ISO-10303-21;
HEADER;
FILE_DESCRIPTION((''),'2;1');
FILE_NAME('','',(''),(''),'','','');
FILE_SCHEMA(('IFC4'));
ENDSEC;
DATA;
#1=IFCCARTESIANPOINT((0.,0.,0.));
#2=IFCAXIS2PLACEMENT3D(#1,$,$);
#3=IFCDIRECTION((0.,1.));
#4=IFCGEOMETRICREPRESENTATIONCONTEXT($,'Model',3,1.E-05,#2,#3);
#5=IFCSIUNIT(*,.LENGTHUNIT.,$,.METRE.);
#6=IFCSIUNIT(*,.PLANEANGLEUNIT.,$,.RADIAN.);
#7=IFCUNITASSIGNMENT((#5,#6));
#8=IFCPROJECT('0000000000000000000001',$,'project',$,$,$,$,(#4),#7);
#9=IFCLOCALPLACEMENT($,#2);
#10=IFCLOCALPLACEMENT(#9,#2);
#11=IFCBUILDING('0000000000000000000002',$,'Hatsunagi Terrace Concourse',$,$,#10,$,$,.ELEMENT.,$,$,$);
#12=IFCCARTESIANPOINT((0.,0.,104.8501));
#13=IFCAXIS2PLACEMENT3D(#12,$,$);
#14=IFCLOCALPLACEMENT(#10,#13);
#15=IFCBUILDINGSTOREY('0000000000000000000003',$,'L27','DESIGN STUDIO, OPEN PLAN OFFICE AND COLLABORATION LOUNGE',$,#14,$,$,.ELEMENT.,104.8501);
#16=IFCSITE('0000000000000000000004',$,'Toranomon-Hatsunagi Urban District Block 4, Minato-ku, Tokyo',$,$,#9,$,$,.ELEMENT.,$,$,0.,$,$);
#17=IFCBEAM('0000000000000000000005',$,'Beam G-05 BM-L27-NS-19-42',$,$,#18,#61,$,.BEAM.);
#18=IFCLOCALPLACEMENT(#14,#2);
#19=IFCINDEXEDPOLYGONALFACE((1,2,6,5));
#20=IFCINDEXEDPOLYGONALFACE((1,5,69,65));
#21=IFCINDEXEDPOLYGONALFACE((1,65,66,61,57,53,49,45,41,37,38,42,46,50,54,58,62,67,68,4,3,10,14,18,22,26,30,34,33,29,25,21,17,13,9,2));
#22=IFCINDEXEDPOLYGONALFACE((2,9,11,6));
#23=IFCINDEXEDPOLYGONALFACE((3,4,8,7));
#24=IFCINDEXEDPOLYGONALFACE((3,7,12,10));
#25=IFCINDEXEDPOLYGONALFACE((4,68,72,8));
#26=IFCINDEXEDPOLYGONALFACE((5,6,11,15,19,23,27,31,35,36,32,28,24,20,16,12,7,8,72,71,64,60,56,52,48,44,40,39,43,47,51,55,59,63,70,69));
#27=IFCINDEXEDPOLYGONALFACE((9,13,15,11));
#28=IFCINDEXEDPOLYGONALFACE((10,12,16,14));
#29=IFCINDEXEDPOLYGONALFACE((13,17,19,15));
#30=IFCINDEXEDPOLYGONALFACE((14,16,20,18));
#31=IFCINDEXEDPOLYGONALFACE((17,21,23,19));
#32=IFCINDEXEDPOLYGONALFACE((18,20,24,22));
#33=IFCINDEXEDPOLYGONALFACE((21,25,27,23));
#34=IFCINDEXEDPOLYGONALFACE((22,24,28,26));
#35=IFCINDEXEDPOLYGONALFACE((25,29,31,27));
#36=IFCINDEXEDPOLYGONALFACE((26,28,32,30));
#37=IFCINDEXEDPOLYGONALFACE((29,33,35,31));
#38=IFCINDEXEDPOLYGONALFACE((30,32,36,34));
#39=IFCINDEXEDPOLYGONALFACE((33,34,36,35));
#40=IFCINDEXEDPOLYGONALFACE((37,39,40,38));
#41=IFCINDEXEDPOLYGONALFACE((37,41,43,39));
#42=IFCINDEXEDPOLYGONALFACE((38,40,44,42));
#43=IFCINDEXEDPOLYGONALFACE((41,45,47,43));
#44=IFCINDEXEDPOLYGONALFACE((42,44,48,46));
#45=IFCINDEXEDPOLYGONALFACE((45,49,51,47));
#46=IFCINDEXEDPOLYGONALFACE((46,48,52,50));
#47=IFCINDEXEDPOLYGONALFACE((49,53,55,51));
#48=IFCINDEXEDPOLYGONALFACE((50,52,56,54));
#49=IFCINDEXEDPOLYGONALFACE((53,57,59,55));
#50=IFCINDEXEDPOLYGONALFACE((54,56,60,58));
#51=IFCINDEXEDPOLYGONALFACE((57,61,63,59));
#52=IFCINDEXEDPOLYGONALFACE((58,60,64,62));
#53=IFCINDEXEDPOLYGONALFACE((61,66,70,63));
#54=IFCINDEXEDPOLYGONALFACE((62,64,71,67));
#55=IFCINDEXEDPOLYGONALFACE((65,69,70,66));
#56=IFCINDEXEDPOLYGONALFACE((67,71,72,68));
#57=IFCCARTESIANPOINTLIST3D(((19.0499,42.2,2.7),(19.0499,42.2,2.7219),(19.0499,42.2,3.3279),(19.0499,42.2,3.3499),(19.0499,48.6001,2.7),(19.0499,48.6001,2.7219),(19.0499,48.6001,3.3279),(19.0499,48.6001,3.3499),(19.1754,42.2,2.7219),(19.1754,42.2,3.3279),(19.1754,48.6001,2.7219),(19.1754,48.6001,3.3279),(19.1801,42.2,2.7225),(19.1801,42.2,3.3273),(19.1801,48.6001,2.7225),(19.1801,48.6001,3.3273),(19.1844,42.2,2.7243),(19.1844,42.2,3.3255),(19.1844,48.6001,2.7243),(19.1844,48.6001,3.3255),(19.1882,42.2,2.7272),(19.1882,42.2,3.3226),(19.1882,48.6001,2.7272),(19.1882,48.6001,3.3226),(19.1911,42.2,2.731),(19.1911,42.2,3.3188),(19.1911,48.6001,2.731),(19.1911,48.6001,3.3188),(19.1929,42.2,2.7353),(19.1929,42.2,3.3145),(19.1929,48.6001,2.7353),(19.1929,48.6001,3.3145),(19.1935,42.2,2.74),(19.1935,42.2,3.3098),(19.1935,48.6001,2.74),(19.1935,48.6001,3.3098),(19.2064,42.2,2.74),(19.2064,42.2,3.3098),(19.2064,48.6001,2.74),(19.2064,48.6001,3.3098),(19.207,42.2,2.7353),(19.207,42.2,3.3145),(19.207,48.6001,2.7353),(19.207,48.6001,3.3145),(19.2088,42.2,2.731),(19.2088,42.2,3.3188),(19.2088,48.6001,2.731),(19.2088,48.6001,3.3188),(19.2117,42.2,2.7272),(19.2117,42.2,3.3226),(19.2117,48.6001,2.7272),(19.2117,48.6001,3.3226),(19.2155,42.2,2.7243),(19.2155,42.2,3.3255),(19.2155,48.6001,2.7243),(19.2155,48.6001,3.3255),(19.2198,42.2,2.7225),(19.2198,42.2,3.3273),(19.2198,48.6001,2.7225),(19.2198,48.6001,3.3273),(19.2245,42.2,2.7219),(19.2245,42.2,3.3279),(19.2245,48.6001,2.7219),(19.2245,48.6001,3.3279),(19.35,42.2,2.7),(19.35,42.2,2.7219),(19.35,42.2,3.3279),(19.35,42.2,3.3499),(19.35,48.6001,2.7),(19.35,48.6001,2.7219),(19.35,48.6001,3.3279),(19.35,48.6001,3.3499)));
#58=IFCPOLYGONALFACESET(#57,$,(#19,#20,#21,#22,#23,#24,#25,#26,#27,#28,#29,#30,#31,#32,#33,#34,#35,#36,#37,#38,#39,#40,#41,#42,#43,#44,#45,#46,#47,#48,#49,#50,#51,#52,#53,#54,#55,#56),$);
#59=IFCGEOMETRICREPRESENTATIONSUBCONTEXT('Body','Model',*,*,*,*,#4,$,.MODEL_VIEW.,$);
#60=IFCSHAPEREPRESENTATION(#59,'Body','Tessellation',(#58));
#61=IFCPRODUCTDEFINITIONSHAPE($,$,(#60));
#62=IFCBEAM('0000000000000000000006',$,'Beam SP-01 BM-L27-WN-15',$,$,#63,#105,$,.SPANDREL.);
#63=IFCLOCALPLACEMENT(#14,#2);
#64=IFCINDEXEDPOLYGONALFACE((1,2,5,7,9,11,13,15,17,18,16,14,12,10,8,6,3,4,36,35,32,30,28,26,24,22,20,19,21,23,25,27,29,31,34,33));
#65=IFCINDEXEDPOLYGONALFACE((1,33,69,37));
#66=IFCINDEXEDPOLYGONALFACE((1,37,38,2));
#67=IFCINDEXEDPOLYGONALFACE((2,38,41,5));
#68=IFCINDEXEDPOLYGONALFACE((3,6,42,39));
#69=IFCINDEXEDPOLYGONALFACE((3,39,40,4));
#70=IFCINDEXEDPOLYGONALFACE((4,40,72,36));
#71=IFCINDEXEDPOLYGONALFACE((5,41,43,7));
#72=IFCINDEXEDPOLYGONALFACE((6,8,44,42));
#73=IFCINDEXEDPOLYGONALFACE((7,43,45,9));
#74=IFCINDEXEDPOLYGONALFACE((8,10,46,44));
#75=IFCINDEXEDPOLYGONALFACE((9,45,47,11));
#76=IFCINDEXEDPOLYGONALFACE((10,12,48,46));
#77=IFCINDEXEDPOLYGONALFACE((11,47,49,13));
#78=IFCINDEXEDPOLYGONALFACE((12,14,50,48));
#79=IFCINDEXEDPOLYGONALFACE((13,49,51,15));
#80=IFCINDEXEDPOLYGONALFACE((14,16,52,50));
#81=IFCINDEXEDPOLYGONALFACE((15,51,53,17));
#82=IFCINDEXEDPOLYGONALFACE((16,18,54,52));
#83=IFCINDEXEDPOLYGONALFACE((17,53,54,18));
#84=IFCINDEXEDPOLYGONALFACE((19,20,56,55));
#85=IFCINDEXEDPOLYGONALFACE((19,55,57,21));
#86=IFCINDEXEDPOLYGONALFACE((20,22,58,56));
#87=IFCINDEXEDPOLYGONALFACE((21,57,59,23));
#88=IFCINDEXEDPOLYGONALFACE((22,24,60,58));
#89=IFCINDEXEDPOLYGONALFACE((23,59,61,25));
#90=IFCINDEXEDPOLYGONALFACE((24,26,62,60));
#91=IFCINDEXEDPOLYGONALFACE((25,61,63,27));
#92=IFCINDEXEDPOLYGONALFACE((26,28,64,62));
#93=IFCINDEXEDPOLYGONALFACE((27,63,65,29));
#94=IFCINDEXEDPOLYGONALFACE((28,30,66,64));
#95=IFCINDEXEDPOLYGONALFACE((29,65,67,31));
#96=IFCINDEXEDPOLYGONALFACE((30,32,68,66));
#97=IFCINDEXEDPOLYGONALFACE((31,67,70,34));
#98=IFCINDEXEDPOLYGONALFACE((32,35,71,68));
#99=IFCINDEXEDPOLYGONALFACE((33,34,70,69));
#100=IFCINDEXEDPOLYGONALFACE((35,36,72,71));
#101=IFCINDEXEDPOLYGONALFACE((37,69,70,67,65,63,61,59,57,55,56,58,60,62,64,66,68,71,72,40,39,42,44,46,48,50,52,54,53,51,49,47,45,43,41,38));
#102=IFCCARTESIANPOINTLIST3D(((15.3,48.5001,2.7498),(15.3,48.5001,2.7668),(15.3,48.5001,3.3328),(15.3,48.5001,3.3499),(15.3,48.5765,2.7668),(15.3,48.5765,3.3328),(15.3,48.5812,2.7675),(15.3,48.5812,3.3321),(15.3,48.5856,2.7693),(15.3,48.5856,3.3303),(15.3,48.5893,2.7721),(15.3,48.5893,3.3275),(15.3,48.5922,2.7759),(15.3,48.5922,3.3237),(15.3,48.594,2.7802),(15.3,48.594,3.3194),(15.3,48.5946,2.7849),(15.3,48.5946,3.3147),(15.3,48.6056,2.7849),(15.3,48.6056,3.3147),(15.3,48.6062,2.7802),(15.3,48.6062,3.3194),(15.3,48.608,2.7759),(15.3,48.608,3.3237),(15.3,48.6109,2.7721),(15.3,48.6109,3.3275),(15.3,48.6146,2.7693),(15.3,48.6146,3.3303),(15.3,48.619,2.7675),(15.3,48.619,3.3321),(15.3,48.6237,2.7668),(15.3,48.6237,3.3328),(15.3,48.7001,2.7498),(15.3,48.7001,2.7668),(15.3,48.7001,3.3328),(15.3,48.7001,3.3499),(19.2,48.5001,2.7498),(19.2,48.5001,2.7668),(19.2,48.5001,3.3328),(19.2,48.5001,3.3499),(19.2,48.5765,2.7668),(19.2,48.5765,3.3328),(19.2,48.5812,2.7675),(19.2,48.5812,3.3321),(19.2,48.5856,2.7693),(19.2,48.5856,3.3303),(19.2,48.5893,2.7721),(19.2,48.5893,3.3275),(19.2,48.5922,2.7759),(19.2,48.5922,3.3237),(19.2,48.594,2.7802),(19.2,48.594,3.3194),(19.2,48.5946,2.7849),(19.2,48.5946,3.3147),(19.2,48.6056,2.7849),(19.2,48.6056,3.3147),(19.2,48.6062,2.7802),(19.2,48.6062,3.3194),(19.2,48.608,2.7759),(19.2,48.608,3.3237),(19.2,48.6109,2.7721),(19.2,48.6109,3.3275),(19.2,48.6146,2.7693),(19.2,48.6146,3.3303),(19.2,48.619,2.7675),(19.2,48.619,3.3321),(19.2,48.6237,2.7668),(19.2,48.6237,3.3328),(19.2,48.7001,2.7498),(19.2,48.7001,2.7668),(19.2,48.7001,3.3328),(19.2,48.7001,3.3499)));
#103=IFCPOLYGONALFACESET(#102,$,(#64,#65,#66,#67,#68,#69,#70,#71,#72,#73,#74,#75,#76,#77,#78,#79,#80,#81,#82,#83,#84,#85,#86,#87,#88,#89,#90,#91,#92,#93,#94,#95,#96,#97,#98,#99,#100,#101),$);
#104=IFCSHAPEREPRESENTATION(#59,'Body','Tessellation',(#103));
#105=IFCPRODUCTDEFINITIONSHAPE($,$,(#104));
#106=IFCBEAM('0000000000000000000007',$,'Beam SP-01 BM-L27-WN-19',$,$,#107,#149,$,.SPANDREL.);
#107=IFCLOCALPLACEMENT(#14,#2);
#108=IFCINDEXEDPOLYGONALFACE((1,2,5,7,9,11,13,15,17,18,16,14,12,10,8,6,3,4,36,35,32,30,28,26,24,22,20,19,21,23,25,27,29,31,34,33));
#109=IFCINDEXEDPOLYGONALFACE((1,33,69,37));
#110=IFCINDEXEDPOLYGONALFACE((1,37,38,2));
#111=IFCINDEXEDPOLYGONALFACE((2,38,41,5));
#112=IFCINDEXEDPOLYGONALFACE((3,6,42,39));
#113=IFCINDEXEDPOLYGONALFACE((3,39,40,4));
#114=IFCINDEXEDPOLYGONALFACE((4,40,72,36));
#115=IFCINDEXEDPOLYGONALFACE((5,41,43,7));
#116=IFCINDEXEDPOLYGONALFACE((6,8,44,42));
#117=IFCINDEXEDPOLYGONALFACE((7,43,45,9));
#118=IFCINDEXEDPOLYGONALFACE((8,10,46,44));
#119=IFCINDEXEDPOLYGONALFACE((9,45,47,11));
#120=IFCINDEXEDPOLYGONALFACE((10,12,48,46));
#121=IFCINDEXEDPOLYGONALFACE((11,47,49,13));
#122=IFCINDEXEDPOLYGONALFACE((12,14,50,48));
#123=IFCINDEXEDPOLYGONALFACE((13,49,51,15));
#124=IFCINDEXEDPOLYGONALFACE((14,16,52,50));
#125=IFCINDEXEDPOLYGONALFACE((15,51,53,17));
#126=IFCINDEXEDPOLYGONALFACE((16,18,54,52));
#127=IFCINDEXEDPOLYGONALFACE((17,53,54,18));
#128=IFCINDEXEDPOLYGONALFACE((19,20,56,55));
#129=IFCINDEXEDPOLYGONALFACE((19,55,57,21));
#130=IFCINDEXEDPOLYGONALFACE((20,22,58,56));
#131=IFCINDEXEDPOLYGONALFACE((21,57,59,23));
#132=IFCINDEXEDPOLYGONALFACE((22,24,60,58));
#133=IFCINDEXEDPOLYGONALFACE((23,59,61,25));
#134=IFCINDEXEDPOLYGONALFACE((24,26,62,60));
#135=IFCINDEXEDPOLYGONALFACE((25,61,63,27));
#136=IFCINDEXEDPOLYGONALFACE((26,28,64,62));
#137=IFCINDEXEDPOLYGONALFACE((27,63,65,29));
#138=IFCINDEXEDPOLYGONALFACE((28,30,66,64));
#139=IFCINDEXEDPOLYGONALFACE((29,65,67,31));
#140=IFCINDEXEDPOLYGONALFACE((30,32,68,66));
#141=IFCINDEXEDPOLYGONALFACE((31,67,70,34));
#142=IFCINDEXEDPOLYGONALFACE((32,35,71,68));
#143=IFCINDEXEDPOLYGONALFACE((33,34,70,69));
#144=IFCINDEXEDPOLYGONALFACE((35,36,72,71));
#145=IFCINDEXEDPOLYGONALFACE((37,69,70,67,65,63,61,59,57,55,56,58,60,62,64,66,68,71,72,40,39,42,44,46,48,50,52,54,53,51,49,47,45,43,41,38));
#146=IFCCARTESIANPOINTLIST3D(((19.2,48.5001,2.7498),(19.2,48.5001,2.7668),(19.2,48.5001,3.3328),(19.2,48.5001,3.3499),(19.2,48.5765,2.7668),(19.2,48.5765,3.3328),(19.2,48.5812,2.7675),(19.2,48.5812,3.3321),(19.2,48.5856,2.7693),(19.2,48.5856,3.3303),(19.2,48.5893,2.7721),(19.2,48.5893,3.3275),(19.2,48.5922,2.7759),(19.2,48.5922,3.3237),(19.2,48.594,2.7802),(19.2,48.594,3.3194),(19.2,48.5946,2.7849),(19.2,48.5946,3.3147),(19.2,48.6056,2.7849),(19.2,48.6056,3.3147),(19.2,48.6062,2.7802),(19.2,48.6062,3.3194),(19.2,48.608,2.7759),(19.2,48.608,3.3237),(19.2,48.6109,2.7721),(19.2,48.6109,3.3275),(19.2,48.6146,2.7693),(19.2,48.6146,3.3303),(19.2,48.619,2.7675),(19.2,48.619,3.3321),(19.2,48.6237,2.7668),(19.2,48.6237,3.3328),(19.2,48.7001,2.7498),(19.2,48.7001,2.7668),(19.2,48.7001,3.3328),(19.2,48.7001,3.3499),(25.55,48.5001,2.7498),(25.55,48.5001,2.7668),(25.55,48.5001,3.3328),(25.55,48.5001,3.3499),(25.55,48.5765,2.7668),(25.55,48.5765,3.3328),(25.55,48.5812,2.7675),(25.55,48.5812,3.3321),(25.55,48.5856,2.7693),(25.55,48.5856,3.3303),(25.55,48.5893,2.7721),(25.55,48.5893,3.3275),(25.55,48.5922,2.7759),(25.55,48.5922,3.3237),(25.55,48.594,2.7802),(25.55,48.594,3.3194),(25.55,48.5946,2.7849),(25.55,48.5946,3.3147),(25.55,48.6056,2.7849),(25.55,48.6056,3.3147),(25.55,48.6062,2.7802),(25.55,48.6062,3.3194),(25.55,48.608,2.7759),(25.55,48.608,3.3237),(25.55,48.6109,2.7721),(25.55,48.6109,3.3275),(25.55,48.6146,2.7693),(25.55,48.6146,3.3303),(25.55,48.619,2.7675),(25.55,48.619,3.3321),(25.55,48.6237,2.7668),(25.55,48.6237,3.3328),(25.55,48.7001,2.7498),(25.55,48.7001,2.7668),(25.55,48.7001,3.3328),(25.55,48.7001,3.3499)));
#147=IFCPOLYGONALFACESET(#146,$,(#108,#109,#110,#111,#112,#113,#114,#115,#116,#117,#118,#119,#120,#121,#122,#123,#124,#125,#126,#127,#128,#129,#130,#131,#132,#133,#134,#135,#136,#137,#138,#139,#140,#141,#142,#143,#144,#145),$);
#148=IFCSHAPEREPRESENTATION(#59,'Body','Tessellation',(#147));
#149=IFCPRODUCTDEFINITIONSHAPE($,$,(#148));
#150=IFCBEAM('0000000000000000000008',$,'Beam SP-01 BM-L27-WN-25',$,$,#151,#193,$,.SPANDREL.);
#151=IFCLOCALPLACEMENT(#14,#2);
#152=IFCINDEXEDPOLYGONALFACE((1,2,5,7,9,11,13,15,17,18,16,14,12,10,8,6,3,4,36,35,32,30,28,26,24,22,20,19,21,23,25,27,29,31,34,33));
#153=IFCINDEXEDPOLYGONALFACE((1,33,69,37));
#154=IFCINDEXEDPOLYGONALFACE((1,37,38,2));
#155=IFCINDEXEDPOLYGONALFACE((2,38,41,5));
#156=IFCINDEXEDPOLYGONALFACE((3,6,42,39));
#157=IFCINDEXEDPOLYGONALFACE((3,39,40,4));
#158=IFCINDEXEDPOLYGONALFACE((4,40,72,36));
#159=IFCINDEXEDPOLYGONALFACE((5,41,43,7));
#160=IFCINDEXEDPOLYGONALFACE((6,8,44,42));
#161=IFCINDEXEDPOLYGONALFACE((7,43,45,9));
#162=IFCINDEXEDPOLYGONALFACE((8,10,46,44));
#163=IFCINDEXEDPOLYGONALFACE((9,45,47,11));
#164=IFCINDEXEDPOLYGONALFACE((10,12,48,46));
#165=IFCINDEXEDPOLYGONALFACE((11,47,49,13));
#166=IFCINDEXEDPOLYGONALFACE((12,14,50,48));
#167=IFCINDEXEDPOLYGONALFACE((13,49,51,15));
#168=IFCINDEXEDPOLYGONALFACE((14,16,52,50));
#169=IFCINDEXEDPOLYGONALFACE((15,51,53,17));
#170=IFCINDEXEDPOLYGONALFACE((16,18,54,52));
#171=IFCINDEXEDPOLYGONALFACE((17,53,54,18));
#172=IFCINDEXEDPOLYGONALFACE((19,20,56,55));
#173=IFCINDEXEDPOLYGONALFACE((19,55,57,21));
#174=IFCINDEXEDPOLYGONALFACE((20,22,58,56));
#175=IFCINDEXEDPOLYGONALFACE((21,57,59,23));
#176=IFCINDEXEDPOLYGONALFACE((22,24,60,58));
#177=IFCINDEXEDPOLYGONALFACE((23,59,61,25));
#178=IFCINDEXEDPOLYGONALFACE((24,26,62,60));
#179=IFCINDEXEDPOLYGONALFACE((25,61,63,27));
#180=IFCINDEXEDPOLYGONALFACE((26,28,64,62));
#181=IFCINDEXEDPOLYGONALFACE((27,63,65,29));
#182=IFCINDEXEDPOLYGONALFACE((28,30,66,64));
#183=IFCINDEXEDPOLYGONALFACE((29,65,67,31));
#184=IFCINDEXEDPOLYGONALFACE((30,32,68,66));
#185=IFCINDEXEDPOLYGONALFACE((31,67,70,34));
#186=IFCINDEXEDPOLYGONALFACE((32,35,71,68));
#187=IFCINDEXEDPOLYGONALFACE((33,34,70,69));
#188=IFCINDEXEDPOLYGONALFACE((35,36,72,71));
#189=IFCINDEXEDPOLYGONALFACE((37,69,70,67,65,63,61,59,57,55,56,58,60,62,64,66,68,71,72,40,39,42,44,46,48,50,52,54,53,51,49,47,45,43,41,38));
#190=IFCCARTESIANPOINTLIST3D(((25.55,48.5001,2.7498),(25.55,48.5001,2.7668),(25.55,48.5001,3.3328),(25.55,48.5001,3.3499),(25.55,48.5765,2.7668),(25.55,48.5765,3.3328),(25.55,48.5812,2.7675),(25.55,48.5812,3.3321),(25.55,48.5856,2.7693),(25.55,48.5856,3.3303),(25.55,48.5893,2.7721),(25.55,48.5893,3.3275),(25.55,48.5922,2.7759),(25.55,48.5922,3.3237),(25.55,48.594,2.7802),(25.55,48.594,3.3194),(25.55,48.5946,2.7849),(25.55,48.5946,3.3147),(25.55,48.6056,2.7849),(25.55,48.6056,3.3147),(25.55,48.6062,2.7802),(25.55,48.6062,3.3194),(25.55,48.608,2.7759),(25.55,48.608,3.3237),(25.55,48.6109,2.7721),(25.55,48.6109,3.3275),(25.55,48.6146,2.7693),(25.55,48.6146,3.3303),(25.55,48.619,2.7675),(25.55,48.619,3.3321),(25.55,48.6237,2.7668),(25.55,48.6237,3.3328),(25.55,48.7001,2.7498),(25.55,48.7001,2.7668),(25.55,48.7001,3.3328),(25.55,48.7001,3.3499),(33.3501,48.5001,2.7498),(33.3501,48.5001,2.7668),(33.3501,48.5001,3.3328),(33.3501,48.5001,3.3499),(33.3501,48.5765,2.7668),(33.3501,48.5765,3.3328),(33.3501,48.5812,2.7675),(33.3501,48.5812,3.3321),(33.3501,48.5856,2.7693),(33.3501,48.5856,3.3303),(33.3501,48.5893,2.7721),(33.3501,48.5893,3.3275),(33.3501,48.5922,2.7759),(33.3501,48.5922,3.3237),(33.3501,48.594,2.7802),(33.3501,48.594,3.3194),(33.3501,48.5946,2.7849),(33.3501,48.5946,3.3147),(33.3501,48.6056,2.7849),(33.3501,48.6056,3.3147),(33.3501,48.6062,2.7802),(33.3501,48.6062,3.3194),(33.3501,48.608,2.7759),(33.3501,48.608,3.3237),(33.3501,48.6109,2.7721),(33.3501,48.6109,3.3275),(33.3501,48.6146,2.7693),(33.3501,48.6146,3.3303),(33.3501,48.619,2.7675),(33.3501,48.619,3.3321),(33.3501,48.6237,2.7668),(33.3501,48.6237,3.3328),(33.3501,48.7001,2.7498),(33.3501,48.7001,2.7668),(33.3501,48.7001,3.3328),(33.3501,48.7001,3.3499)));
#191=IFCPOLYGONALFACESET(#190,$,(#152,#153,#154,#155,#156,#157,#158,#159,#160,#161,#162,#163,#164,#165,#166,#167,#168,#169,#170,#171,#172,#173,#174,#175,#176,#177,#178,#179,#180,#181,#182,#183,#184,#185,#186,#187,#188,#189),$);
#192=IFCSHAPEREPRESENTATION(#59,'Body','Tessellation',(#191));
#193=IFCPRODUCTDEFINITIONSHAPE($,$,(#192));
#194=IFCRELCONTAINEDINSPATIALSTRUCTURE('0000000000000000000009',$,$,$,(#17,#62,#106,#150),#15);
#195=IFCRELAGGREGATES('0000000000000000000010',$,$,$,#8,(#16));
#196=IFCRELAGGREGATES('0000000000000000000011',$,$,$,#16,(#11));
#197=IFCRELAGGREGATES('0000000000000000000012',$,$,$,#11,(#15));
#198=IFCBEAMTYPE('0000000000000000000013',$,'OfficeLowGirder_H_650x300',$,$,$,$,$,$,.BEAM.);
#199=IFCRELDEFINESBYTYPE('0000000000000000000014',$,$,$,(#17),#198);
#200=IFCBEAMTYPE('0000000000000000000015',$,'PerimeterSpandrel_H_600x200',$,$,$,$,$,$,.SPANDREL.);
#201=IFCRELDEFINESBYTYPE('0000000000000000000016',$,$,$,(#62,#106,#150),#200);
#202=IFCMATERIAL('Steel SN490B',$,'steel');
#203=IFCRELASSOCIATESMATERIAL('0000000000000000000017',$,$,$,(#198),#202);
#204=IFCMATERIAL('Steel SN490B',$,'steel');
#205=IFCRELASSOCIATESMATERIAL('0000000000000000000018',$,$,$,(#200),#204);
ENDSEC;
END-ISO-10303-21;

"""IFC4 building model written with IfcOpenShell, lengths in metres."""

from ifc_helpers import new_model, si_unit, direction, frame, origin, origin_2d, place, context, subcontext, project, spatial, i_section, extrude, material, material_profile, profile_set, type_object, element, save


model = new_model("IFC4")

# Units and contexts
model_context = context("Model", 3, precision=1e-05, world=origin(), true_north=direction((0.0, 1.0)))
body_context = subcontext(model_context, "Body", "Model", "MODEL_VIEW")
ifc_project = project(units=[si_unit("LENGTHUNIT", "METRE"), si_unit("PLANEANGLEUNIT", "RADIAN")], contexts=[model_context])

# Site, building, storey
site_placement = place(None, origin())
site = spatial("IfcSite", under=ifc_project, at=site_placement, Name="Toranomon-Hatsunagi Urban District Block 4, Minato-ku, Tokyo", CompositionType="ELEMENT", RefElevation=0.0)
building_placement = place(site_placement, origin())
building = spatial("IfcBuilding", under=site, at=building_placement, Name="Hatsunagi Terrace Concourse", CompositionType="ELEMENT")
storey_placement = place(building_placement, frame((0.0, 0.0, 104.8501)))
storey = spatial("IfcBuildingStorey", under=building, at=storey_placement, Name="L27", Description="DESIGN STUDIO, OPEN PLAN OFFICE AND COLLABORATION LOUNGE", CompositionType="ELEMENT", Elevation=104.8501)

# Beams
ifc_material_1 = material(Name="Steel SN490B", Category="steel")
ifc_material_profile_1 = material_profile(ifc_material_1, i_section(OverallWidth=0.3, OverallDepth=0.6499, WebThickness=0.0129, FlangeThickness=0.022, FilletRadius=0.0181, at=origin_2d()), Name="H-650x300x13x22")
ifc_profile_set_1 = profile_set([ifc_material_profile_1], Name="Steel SN490B")
beam_type_1 = type_object("IfcBeamType", Name="OfficeLowGirder_H_650x300", PredefinedType="BEAM", material=ifc_profile_set_1)
beam_1_placement = place(storey_placement, frame((19.2, 42.2, 3.0249), z_axis=(0.0, 1.0, 0.0), x_axis=(-1.0, 0.0, 0.0)))
element("IfcBeam", 1, at=beam_1_placement, inside=storey, type_object=beam_type_1, Name="Beam G-05 BM-L27-NS-19-42", PredefinedType="BEAM", context=body_context, shape_type="SweptSolid", body=[
    extrude(i_section(OverallWidth=0.3, OverallDepth=0.6499, WebThickness=0.0129, FlangeThickness=0.022, FilletRadius=0.0181, at=origin_2d()), origin(), (0.0, 0.0, 1.0), 6.4001),
])
ifc_material_2 = material(Name="Steel SN490B", Category="steel")
ifc_material_profile_2 = material_profile(ifc_material_2, i_section(OverallWidth=0.2, OverallDepth=0.6001, WebThickness=0.011, FlangeThickness=0.0171, FilletRadius=0.0181, at=origin_2d()), Name="H-600x200x11x17")
ifc_profile_set_2 = profile_set([ifc_material_profile_2], Name="Steel SN490B")
beam_type_2 = type_object("IfcBeamType", Name="PerimeterSpandrel_H_600x200", PredefinedType="SPANDREL", material=ifc_profile_set_2)
beam_2_placement = place(storey_placement, frame((15.3, 48.6001, 3.0498), z_axis=(1.0, 0.0, 0.0), x_axis=(0.0, 1.0, 0.0)))
element("IfcBeam", 2, at=beam_2_placement, inside=storey, type_object=beam_type_2, Name="Beam SP-01 BM-L27-WN-15", PredefinedType="SPANDREL", context=body_context, shape_type="SweptSolid", body=[
    extrude(i_section(OverallWidth=0.2, OverallDepth=0.6001, WebThickness=0.011, FlangeThickness=0.0171, FilletRadius=0.0181, at=origin_2d()), origin(), (0.0, 0.0, 1.0), 3.8999),
])
beam_3_placement = place(storey_placement, frame((19.2, 48.6001, 3.0498), z_axis=(1.0, 0.0, 0.0), x_axis=(0.0, 1.0, 0.0)))
element("IfcBeam", 3, at=beam_3_placement, inside=storey, type_object=beam_type_2, Name="Beam SP-01 BM-L27-WN-19", PredefinedType="SPANDREL", context=body_context, shape_type="SweptSolid", body=[
    extrude(i_section(OverallWidth=0.2, OverallDepth=0.6001, WebThickness=0.011, FlangeThickness=0.0171, FilletRadius=0.0181, at=origin_2d()), origin(), (0.0, 0.0, 1.0), 6.3501),
])
beam_4_placement = place(storey_placement, frame((25.55, 48.6001, 3.0498), z_axis=(1.0, 0.0, 0.0), x_axis=(0.0, 1.0, 0.0)))
element("IfcBeam", 4, at=beam_4_placement, inside=storey, type_object=beam_type_2, Name="Beam SP-01 BM-L27-WN-25", PredefinedType="SPANDREL", context=body_context, shape_type="SweptSolid", body=[
    extrude(i_section(OverallWidth=0.2, OverallDepth=0.6001, WebThickness=0.011, FlangeThickness=0.0171, FilletRadius=0.0181, at=origin_2d()), origin(), (0.0, 0.0, 1.0), 7.8),
])

save(model, "model.ifc")
